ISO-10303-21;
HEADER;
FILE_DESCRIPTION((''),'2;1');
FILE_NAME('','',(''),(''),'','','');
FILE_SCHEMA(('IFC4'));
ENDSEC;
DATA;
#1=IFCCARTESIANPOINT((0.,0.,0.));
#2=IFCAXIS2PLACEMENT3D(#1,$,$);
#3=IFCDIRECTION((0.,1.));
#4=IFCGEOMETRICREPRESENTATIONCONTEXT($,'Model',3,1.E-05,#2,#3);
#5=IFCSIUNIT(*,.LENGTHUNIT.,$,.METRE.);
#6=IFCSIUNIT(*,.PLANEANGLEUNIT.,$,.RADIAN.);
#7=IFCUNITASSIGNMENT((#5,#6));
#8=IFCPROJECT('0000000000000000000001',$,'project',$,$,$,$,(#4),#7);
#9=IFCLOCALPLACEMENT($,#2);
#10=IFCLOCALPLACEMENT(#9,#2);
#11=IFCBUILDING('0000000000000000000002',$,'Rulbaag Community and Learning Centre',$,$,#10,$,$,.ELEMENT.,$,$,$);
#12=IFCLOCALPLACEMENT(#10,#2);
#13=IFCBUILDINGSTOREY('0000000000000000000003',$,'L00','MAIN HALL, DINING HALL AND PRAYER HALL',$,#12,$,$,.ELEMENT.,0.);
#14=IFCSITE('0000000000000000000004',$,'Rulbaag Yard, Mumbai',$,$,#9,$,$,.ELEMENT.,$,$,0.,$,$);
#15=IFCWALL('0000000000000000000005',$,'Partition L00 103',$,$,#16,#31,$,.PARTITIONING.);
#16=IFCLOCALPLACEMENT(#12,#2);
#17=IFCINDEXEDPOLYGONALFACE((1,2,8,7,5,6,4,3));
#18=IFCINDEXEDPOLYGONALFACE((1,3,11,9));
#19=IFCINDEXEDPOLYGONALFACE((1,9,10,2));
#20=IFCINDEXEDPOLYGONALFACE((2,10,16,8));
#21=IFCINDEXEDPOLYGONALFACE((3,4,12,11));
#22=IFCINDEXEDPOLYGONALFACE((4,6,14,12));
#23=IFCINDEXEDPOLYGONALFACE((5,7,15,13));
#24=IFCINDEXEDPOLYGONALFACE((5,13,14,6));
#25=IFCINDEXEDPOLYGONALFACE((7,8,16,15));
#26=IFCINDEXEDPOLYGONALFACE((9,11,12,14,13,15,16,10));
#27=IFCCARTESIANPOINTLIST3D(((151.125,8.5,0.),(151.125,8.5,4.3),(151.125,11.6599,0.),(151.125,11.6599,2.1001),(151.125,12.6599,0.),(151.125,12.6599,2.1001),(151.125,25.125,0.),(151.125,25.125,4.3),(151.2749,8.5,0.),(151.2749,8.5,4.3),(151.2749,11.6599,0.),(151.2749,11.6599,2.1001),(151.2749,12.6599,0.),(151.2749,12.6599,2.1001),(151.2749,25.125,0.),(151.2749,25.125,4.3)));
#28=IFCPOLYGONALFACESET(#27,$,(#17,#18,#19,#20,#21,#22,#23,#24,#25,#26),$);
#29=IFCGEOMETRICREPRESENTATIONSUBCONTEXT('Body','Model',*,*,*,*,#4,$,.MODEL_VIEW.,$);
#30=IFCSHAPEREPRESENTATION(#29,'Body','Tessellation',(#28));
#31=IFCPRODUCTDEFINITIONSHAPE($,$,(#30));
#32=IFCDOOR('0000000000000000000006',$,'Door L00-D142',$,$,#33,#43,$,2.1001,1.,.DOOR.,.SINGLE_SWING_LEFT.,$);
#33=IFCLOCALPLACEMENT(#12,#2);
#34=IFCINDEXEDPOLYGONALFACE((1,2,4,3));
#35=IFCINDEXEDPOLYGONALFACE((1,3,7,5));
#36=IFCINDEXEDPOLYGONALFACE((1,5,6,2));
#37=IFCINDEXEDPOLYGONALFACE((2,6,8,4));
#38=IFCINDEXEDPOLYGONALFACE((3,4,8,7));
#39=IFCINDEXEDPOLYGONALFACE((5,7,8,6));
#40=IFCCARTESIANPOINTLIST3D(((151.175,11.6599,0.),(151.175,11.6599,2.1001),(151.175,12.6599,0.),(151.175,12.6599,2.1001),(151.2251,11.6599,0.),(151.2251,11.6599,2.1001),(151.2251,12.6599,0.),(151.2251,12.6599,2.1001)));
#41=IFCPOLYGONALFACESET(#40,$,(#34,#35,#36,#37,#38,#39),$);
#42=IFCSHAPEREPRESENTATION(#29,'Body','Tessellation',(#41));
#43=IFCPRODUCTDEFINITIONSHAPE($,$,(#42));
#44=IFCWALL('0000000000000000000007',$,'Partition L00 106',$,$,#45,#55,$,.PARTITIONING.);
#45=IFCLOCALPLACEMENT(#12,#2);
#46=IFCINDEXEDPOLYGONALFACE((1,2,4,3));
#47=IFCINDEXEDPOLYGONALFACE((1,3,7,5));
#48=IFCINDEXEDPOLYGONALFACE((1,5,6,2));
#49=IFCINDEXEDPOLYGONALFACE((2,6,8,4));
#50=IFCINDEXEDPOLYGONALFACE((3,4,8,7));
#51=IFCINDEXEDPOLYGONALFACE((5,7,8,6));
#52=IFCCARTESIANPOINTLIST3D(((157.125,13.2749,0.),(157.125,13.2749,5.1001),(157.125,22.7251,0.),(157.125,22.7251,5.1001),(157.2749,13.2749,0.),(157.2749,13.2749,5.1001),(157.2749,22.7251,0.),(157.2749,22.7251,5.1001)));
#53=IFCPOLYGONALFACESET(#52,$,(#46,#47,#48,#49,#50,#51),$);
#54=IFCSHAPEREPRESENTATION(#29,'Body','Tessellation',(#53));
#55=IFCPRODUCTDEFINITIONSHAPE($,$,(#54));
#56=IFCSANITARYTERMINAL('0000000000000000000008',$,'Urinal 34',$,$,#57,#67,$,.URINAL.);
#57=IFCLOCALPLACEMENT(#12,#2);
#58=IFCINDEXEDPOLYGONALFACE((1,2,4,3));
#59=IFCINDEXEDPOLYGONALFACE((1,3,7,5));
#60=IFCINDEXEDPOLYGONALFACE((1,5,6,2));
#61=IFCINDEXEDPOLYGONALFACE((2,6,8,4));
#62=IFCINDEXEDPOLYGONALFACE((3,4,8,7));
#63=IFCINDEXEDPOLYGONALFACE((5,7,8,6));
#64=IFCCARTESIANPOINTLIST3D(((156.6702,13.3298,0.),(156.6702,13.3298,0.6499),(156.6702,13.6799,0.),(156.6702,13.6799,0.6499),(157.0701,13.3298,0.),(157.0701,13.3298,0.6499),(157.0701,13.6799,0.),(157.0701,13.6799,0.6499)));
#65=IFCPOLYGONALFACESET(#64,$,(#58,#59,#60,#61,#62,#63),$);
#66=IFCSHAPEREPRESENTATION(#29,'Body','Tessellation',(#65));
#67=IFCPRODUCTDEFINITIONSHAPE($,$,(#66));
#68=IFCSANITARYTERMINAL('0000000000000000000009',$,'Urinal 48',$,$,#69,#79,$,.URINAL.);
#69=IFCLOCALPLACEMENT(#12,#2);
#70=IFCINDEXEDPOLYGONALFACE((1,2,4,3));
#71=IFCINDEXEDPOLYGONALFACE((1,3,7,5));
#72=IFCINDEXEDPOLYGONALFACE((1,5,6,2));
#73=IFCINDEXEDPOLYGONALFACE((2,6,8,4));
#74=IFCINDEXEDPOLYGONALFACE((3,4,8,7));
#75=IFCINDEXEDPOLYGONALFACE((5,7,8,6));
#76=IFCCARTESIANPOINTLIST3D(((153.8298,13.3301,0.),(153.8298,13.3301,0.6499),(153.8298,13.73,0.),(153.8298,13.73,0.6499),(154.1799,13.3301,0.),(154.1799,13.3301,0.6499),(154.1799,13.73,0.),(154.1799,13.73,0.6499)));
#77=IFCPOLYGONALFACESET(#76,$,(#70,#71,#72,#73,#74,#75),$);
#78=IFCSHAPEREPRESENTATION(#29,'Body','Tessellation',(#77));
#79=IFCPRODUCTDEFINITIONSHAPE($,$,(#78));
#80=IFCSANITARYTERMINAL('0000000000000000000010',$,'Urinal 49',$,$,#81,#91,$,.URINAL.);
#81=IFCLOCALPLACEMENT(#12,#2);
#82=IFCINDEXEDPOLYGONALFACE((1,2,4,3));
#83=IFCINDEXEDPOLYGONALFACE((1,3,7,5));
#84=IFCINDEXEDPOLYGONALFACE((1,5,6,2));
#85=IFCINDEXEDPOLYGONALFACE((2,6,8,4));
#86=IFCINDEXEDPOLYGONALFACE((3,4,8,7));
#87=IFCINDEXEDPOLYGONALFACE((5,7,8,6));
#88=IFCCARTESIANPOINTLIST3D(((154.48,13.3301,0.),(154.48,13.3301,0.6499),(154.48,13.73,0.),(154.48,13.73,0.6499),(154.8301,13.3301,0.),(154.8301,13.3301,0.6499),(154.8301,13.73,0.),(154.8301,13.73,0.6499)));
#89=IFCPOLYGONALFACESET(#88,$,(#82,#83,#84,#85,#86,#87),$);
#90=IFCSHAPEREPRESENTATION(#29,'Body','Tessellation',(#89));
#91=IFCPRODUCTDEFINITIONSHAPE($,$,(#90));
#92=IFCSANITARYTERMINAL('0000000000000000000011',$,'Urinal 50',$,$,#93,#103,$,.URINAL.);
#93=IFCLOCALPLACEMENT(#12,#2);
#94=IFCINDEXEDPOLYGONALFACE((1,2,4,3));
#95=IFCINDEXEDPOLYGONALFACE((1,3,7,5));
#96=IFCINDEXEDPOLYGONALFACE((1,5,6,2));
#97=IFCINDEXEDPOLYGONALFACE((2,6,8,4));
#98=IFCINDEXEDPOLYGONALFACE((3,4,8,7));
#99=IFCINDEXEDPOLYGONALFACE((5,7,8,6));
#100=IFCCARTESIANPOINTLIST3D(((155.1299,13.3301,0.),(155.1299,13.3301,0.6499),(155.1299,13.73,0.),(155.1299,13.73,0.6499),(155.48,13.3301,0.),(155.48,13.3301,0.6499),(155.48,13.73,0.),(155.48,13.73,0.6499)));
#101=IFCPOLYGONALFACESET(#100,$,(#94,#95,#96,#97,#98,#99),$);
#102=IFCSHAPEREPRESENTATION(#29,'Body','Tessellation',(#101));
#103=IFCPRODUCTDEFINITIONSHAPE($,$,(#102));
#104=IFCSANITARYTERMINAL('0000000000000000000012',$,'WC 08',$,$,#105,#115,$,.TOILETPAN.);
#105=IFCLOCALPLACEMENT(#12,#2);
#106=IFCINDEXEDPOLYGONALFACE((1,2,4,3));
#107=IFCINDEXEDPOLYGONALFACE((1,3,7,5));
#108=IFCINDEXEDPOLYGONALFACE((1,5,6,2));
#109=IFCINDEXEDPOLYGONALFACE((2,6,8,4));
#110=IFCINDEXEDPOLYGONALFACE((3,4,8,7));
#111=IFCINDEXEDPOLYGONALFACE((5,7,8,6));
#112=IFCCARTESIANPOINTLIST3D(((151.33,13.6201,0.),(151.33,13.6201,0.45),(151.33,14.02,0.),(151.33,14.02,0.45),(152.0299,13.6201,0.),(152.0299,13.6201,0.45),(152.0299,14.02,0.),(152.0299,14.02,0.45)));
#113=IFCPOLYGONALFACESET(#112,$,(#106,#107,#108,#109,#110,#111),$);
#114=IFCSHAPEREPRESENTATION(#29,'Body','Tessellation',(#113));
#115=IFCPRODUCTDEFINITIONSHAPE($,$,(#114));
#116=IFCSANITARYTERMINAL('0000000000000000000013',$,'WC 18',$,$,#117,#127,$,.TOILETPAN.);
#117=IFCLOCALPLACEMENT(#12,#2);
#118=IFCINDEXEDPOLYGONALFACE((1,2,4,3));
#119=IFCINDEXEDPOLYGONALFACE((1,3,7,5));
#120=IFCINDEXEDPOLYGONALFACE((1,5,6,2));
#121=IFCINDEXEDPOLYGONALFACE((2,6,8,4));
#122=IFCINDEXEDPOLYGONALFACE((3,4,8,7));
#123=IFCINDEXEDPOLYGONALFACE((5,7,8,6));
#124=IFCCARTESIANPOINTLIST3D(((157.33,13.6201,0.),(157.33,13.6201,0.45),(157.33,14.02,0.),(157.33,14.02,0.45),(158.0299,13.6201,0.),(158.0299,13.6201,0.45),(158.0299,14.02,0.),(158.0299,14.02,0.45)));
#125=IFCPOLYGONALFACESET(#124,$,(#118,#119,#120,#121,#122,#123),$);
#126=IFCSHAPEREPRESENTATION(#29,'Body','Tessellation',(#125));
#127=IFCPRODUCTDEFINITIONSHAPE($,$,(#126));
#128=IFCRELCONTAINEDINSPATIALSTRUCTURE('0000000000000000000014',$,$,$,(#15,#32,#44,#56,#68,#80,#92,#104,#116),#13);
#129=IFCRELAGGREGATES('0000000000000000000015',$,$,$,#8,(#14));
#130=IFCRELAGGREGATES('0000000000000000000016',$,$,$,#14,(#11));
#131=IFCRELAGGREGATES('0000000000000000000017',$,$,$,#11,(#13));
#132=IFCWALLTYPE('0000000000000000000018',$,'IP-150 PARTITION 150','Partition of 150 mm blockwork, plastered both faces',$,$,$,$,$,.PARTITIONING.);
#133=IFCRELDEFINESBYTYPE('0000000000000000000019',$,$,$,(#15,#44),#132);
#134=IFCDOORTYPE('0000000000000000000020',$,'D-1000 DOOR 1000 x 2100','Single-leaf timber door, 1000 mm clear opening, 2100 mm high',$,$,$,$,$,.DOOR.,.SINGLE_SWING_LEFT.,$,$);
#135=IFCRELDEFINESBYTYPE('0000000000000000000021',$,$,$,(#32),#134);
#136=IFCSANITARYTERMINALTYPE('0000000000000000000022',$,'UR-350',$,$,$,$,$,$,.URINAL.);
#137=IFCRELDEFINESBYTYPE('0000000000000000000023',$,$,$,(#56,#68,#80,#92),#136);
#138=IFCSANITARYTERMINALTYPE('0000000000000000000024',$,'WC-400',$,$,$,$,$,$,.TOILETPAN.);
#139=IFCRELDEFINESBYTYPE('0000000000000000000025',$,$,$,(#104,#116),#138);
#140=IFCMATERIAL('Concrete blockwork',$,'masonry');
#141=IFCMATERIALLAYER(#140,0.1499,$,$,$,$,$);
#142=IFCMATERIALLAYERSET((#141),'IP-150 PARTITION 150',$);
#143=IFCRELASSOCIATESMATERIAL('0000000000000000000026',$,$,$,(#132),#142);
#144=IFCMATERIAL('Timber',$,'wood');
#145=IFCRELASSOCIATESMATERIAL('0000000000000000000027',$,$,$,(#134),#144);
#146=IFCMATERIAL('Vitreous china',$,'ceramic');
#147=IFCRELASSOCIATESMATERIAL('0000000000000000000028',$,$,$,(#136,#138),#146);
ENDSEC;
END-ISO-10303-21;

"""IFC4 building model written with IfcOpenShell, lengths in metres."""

from ifc_helpers import new_model, si_unit, direction, frame, frame_2d, origin, origin_2d, place, context, subcontext, project, spatial, rectangle, extrude, material, layer, layer_set, type_object, element, fill, save


model = new_model("IFC4")

# Units and contexts
model_context = context("Model", 3, precision=1e-05, world=origin(), true_north=direction((0.0, 1.0)))
body_context = subcontext(model_context, "Body", "Model", "MODEL_VIEW")
ifc_project = project(units=[si_unit("LENGTHUNIT", "METRE"), si_unit("PLANEANGLEUNIT", "RADIAN")], contexts=[model_context])

# Site, building, storey
site_placement = place(None, origin())
site = spatial("IfcSite", under=ifc_project, at=site_placement, Name="Rulbaag Yard, Mumbai", CompositionType="ELEMENT", RefElevation=0.0)
building_placement = place(site_placement, origin())
building = spatial("IfcBuilding", under=site, at=building_placement, Name="Rulbaag Community and Learning Centre", CompositionType="ELEMENT")
storey_placement = place(building_placement, origin())
storey = spatial("IfcBuildingStorey", under=building, at=storey_placement, Name="L00", Description="MAIN HALL, DINING HALL AND PRAYER HALL", CompositionType="ELEMENT", Elevation=0.0)

# Wall, opening, door
ifc_material_1 = material(Name="Concrete blockwork", Category="masonry")
ifc_material_2 = material(Name="Timber", Category="wood")
ifc_layer_1 = layer(ifc_material_1, 0.1499)
ifc_layer_set_1 = layer_set([ifc_layer_1], Name="IP-150 PARTITION 150")
wall_type_1 = type_object("IfcWallType", Name="IP-150 PARTITION 150", Description="Partition of 150 mm blockwork, plastered both faces", PredefinedType="PARTITIONING", material=ifc_layer_set_1)
door_type_1 = type_object("IfcDoorType", Name="D-1000 DOOR 1000 x 2100", Description="Single-leaf timber door, 1000 mm clear opening, 2100 mm high", OperationType="SINGLE_SWING_LEFT", PredefinedType="DOOR", material=ifc_material_2)
wall_1_placement = place(storey_placement, frame((151.2, 8.5, 0.0), z_axis=(0.0, 0.0, 1.0), x_axis=(0.0, 1.0, 0.0)))
wall_1 = element("IfcWall", 1, at=wall_1_placement, inside=storey, type_object=wall_type_1, Name="Partition L00 103", PredefinedType="PARTITIONING", context=body_context, shape_type="SweptSolid", body=[
    extrude(rectangle(XDim=16.625, YDim=0.1499, at=frame_2d((8.3125, 0.0))), origin(), (0.0, 0.0, 1.0), 4.3),
])
opening_1_placement = place(wall_1_placement, frame((3.1599, 0.0, 0.0)))
opening_1 = element("IfcOpeningElement", 2, at=opening_1_placement, cuts=wall_1, PredefinedType="OPENING", context=body_context, shape_type="SweptSolid", body=[
    extrude(rectangle(XDim=1.0, YDim=2.1001, at=frame_2d((0.5, 1.05))), frame((0.0, 0.085, 0.0), z_axis=(0.0, -1.0, 0.0), x_axis=(1.0, 0.0, 0.0)), (0.0, 0.0, 1.0), 0.1699),
])
door_1_placement = place(opening_1_placement, origin())
door_1 = element("IfcDoor", 3, at=door_1_placement, inside=storey, type_object=door_type_1, Name="Door L00-D142", OperationType="SINGLE_SWING_LEFT", OverallHeight=2.1001, OverallWidth=1.0, PredefinedType="DOOR", context=body_context, shape_type="SweptSolid", body=[
    extrude(rectangle(XDim=1.0, YDim=2.1001, at=frame_2d((0.5, 1.05))), frame((0.0, 0.0249, 0.0), z_axis=(0.0, -1.0, 0.0), x_axis=(1.0, 0.0, 0.0)), (0.0, 0.0, 1.0), 0.05),
])
fill(opening_1, door_1)

# Wall
wall_2_placement = place(storey_placement, frame((157.2, 13.2749, 0.0), z_axis=(0.0, 0.0, 1.0), x_axis=(0.0, 1.0, 0.0)))
element("IfcWall", 4, at=wall_2_placement, inside=storey, type_object=wall_type_1, Name="Partition L00 106", PredefinedType="PARTITIONING", context=body_context, shape_type="SweptSolid", body=[
    extrude(rectangle(XDim=9.4502, YDim=0.1499, at=frame_2d((4.7251, 0.0))), origin(), (0.0, 0.0, 1.0), 5.1001),
])

# Sanitary terminals
ifc_material_3 = material(Name="Vitreous china", Category="ceramic")
sanitary_terminal_type_1 = type_object("IfcSanitaryTerminalType", Name="UR-350", PredefinedType="URINAL", material=ifc_material_3)
sanitary_terminal_placement = place(storey_placement, frame((156.8701, 13.5049, 0.0), z_axis=(0.0, 0.0, 1.0), x_axis=(1.0, 0.0, 0.0)))
element("IfcSanitaryTerminal", 5, at=sanitary_terminal_placement, inside=storey, type_object=sanitary_terminal_type_1, Name="Urinal 34", PredefinedType="URINAL", context=body_context, shape_type="SweptSolid", body=[
    extrude(rectangle(XDim=0.3999, YDim=0.3501, at=origin_2d()), origin(), (0.0, 0.0, 1.0), 0.6499),
])
for number, where, z_axis, x_axis, name in (
    (6, (154.0049, 13.53, 0.0), (0.0, 0.0, 1.0), (1.0, 0.0, 0.0), "Urinal 48"),
    (7, (154.655, 13.53, 0.0), (0.0, 0.0, 1.0), (1.0, 0.0, 0.0), "Urinal 49"),
    (8, (155.3049, 13.53, 0.0), (0.0, 0.0, 1.0), (1.0, 0.0, 0.0), "Urinal 50"),
):
    element("IfcSanitaryTerminal", number, at=place(storey_placement, frame(where, z_axis=z_axis, x_axis=x_axis)), inside=storey, type_object=sanitary_terminal_type_1, Name=name, PredefinedType="URINAL", context=body_context, shape_type="SweptSolid", body=[
        extrude(rectangle(XDim=0.3501, YDim=0.3999, at=origin_2d()), origin(), (0.0, 0.0, 1.0), 0.6499),
    ])
sanitary_terminal_type_2 = type_object("IfcSanitaryTerminalType", Name="WC-400", PredefinedType="TOILETPAN", material=ifc_material_3)
for number, where, z_axis, x_axis, name in (
    (9, (151.6799, 13.8201, 0.0), (0.0, 0.0, 1.0), (1.0, 0.0, 0.0), "WC 08"),
    (10, (157.6799, 13.8201, 0.0), (0.0, 0.0, 1.0), (1.0, 0.0, 0.0), "WC 18"),
):
    element("IfcSanitaryTerminal", number, at=place(storey_placement, frame(where, z_axis=z_axis, x_axis=x_axis)), inside=storey, type_object=sanitary_terminal_type_2, Name=name, PredefinedType="TOILETPAN", context=body_context, shape_type="SweptSolid", body=[
        extrude(rectangle(XDim=0.7, YDim=0.3999, at=origin_2d()), origin(), (0.0, 0.0, 1.0), 0.45),
    ])

save(model, "model.ifc")
